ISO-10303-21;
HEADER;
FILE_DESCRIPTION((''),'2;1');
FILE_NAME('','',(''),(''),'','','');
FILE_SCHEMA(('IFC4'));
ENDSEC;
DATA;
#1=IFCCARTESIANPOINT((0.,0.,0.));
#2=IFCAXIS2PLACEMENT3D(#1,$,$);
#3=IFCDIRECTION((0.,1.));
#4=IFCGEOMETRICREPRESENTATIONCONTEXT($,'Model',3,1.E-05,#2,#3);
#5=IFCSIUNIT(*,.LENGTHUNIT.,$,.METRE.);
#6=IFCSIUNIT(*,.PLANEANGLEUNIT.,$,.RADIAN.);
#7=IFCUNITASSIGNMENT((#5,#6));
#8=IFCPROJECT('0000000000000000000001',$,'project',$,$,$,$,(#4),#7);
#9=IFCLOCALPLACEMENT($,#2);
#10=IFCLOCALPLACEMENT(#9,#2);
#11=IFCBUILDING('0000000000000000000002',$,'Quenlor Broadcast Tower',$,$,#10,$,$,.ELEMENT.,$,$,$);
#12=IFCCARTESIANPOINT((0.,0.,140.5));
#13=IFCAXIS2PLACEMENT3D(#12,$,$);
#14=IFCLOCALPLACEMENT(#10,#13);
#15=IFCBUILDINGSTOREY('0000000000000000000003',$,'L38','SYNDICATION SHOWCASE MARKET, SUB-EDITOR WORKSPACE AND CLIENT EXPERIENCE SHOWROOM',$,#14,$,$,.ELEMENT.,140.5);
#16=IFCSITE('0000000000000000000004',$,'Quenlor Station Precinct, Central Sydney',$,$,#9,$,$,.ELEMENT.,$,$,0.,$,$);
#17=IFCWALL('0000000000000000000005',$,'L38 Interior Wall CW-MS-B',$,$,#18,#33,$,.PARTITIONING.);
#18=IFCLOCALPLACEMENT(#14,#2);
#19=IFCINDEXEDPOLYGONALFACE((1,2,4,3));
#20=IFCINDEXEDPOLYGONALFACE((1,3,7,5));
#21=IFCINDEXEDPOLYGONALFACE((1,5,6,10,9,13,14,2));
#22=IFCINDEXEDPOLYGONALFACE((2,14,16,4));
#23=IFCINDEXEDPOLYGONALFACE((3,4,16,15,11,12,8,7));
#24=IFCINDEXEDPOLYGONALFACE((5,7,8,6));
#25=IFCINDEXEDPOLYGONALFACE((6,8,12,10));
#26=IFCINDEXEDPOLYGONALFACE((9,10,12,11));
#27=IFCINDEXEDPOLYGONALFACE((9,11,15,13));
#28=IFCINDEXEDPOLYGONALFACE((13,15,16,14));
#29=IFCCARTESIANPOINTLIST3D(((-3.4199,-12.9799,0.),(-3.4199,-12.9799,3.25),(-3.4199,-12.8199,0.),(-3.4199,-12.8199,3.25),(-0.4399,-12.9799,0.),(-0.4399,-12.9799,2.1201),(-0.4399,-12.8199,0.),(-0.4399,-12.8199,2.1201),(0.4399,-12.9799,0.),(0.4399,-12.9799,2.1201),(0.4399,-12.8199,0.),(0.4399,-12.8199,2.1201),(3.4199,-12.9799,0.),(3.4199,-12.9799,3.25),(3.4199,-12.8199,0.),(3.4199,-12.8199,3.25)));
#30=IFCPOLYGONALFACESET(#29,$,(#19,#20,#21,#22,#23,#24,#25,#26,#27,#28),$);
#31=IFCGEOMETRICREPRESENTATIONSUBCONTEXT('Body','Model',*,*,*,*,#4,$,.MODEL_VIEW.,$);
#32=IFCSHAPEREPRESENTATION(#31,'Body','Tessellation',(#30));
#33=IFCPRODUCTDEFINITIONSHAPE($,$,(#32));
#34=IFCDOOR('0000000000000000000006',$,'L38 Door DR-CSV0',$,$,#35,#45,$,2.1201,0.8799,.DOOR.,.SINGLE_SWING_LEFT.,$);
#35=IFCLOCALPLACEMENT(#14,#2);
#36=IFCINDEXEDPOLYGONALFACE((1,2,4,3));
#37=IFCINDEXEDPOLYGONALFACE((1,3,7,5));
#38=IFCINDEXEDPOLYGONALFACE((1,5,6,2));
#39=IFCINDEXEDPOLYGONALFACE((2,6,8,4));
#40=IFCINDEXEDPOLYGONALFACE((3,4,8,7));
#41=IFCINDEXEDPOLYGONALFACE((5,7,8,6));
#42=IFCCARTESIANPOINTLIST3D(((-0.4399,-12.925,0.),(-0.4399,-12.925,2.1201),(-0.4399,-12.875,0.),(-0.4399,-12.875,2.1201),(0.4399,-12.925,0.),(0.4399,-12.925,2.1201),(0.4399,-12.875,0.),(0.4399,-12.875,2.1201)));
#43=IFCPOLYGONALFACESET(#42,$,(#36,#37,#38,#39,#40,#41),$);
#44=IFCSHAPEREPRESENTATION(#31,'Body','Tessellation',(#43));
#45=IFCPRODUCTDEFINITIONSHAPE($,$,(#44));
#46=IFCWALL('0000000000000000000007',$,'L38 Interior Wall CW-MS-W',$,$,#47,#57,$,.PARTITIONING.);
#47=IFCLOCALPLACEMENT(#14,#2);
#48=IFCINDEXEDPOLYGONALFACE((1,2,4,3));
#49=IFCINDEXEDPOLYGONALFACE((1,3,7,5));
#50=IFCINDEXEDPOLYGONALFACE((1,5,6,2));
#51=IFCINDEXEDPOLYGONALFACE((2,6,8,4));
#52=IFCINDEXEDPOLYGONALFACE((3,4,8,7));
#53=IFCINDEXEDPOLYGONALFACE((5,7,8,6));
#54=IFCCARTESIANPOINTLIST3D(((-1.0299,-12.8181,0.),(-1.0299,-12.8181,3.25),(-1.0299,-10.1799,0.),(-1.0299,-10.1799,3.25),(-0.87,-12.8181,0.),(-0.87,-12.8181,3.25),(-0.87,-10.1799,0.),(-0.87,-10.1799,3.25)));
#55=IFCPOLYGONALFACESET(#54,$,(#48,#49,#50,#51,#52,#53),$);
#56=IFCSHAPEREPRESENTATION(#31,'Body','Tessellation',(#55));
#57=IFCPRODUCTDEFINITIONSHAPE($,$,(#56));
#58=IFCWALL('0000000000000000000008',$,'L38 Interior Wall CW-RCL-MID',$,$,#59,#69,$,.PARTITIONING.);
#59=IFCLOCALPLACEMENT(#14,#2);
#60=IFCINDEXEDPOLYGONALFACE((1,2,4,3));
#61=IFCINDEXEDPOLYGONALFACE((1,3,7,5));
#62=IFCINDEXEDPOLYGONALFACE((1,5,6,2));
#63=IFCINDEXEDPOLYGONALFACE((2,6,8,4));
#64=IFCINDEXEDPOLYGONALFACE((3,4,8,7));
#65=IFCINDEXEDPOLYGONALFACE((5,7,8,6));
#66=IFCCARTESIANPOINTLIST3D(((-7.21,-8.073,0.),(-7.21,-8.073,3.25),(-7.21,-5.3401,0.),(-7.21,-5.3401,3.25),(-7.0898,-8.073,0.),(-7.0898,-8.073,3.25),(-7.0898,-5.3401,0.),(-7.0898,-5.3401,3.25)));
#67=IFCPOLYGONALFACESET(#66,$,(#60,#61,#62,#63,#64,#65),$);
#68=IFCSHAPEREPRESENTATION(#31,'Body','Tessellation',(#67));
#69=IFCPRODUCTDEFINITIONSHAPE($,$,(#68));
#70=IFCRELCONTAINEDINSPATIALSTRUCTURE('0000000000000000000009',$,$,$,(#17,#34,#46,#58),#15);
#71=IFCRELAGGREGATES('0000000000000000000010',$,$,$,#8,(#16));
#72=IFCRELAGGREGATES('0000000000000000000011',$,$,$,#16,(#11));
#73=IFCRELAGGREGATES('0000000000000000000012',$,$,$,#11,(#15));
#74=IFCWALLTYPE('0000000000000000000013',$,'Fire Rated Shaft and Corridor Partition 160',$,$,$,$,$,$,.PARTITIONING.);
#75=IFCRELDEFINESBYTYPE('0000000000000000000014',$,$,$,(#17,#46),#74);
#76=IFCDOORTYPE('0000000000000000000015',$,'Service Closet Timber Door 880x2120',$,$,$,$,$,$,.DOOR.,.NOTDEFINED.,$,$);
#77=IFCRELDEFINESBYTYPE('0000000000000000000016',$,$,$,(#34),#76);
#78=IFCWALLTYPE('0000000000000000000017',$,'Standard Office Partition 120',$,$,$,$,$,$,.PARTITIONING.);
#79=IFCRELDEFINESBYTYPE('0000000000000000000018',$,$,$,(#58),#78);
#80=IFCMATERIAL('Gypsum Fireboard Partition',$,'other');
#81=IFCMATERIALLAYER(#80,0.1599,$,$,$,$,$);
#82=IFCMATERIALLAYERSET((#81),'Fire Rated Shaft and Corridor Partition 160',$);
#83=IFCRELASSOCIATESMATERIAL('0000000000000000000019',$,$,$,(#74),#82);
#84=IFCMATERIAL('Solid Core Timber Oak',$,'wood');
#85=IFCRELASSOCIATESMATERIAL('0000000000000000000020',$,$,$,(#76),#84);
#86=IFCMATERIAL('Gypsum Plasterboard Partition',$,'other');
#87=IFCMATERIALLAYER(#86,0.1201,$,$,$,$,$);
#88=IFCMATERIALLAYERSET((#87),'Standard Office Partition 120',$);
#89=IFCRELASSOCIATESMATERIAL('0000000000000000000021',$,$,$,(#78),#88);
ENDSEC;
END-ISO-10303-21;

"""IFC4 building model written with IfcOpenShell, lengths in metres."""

from ifc_helpers import new_model, si_unit, direction, frame, frame_2d, origin, place, context, subcontext, project, spatial, rectangle, extrude, material, layer, layer_set, type_object, element, fill, save


model = new_model("IFC4")

# Units and contexts
model_context = context("Model", 3, precision=1e-05, world=origin(), true_north=direction((0.0, 1.0)))
body_context = subcontext(model_context, "Body", "Model", "MODEL_VIEW")
ifc_project = project(units=[si_unit("LENGTHUNIT", "METRE"), si_unit("PLANEANGLEUNIT", "RADIAN")], contexts=[model_context])

# Site, building, storey
site_placement = place(None, origin())
site = spatial("IfcSite", under=ifc_project, at=site_placement, Name="Quenlor Station Precinct, Central Sydney", CompositionType="ELEMENT", RefElevation=0.0)
building_placement = place(site_placement, origin())
building = spatial("IfcBuilding", under=site, at=building_placement, Name="Quenlor Broadcast Tower", CompositionType="ELEMENT")
storey_placement = place(building_placement, frame((0.0, 0.0, 140.5)))
storey = spatial("IfcBuildingStorey", under=building, at=storey_placement, Name="L38", Description="SYNDICATION SHOWCASE MARKET, SUB-EDITOR WORKSPACE AND CLIENT EXPERIENCE SHOWROOM", CompositionType="ELEMENT", Elevation=140.5)

# Shared definitions
ifc_material_1 = material(Name="Gypsum Fireboard Partition", Category="other")
ifc_layer_1 = layer(ifc_material_1, 0.1599)
ifc_layer_set_1 = layer_set([ifc_layer_1], Name="Fire Rated Shaft and Corridor Partition 160")
wall_type_1 = type_object("IfcWallType", Name="Fire Rated Shaft and Corridor Partition 160", PredefinedType="PARTITIONING", material=ifc_layer_set_1)

# Wall, opening, door
wall_1_placement = place(storey_placement, frame((-3.4199, -12.8999, 0.0), z_axis=(0.0, 0.0, 1.0), x_axis=(1.0, 0.0, 0.0)))
wall_1 = element("IfcWall", 1, at=wall_1_placement, inside=storey, type_object=wall_type_1, Name="L38 Interior Wall CW-MS-B", PredefinedType="PARTITIONING", context=body_context, shape_type="SweptSolid", body=[
    extrude(rectangle(XDim=6.8398, YDim=0.1599, at=frame_2d((3.4199, 0.0))), origin(), (0.0, 0.0, 1.0), 3.25),
])
opening_1_placement = place(wall_1_placement, frame((2.98, 0.0, 0.0)))
opening_1 = element("IfcOpeningElement", 2, at=opening_1_placement, cuts=wall_1, PredefinedType="OPENING", context=body_context, shape_type="SweptSolid", body=[
    extrude(rectangle(XDim=0.8799, YDim=2.1201, at=frame_2d((0.4399, 1.0601))), frame((0.0, 0.0898, 0.0), z_axis=(0.0, -1.0, 0.0), x_axis=(1.0, 0.0, 0.0)), (0.0, 0.0, 1.0), 0.1799),
])
ifc_material_2 = material(Name="Solid Core Timber Oak", Category="wood")
door_type_1 = type_object("IfcDoorType", Name="Service Closet Timber Door 880x2120", OperationType="NOTDEFINED", PredefinedType="DOOR", material=ifc_material_2)
door_1_placement = place(opening_1_placement, origin())
door_1 = element("IfcDoor", 3, at=door_1_placement, inside=storey, type_object=door_type_1, Name="L38 Door DR-CSV0", OperationType="SINGLE_SWING_LEFT", OverallHeight=2.1201, OverallWidth=0.8799, PredefinedType="DOOR", context=body_context, shape_type="SweptSolid", body=[
    extrude(rectangle(XDim=0.8799, YDim=2.1201, at=frame_2d((0.4399, 1.0601))), frame((0.0, 0.0249, 0.0), z_axis=(0.0, -1.0, 0.0), x_axis=(1.0, 0.0, 0.0)), (0.0, 0.0, 1.0), 0.05),
])
fill(opening_1, door_1)

# Walls
wall_2_placement = place(storey_placement, frame((-0.95, -12.8181, 0.0), z_axis=(0.0, 0.0, 1.0), x_axis=(0.0, 1.0, 0.0)))
element("IfcWall", 4, at=wall_2_placement, inside=storey, type_object=wall_type_1, Name="L38 Interior Wall CW-MS-W", PredefinedType="PARTITIONING", context=body_context, shape_type="SweptSolid", body=[
    extrude(rectangle(XDim=2.6382, YDim=0.1599, at=frame_2d((1.3191, 0.0))), origin(), (0.0, 0.0, 1.0), 3.25),
])
ifc_material_3 = material(Name="Gypsum Plasterboard Partition", Category="other")
ifc_layer_2 = layer(ifc_material_3, 0.1201)
ifc_layer_set_2 = layer_set([ifc_layer_2], Name="Standard Office Partition 120")
wall_type_2 = type_object("IfcWallType", Name="Standard Office Partition 120", PredefinedType="PARTITIONING", material=ifc_layer_set_2)
wall_3_placement = place(storey_placement, frame((-7.1499, -8.073, 0.0), z_axis=(0.0, 0.0, 1.0), x_axis=(0.0, 1.0, 0.0)))
element("IfcWall", 5, at=wall_3_placement, inside=storey, type_object=wall_type_2, Name="L38 Interior Wall CW-RCL-MID", PredefinedType="PARTITIONING", context=body_context, shape_type="SweptSolid", body=[
    extrude(rectangle(XDim=2.7329, YDim=0.1201, at=frame_2d((1.3665, 0.0))), origin(), (0.0, 0.0, 1.0), 3.25),
])

save(model, "model.ifc")
